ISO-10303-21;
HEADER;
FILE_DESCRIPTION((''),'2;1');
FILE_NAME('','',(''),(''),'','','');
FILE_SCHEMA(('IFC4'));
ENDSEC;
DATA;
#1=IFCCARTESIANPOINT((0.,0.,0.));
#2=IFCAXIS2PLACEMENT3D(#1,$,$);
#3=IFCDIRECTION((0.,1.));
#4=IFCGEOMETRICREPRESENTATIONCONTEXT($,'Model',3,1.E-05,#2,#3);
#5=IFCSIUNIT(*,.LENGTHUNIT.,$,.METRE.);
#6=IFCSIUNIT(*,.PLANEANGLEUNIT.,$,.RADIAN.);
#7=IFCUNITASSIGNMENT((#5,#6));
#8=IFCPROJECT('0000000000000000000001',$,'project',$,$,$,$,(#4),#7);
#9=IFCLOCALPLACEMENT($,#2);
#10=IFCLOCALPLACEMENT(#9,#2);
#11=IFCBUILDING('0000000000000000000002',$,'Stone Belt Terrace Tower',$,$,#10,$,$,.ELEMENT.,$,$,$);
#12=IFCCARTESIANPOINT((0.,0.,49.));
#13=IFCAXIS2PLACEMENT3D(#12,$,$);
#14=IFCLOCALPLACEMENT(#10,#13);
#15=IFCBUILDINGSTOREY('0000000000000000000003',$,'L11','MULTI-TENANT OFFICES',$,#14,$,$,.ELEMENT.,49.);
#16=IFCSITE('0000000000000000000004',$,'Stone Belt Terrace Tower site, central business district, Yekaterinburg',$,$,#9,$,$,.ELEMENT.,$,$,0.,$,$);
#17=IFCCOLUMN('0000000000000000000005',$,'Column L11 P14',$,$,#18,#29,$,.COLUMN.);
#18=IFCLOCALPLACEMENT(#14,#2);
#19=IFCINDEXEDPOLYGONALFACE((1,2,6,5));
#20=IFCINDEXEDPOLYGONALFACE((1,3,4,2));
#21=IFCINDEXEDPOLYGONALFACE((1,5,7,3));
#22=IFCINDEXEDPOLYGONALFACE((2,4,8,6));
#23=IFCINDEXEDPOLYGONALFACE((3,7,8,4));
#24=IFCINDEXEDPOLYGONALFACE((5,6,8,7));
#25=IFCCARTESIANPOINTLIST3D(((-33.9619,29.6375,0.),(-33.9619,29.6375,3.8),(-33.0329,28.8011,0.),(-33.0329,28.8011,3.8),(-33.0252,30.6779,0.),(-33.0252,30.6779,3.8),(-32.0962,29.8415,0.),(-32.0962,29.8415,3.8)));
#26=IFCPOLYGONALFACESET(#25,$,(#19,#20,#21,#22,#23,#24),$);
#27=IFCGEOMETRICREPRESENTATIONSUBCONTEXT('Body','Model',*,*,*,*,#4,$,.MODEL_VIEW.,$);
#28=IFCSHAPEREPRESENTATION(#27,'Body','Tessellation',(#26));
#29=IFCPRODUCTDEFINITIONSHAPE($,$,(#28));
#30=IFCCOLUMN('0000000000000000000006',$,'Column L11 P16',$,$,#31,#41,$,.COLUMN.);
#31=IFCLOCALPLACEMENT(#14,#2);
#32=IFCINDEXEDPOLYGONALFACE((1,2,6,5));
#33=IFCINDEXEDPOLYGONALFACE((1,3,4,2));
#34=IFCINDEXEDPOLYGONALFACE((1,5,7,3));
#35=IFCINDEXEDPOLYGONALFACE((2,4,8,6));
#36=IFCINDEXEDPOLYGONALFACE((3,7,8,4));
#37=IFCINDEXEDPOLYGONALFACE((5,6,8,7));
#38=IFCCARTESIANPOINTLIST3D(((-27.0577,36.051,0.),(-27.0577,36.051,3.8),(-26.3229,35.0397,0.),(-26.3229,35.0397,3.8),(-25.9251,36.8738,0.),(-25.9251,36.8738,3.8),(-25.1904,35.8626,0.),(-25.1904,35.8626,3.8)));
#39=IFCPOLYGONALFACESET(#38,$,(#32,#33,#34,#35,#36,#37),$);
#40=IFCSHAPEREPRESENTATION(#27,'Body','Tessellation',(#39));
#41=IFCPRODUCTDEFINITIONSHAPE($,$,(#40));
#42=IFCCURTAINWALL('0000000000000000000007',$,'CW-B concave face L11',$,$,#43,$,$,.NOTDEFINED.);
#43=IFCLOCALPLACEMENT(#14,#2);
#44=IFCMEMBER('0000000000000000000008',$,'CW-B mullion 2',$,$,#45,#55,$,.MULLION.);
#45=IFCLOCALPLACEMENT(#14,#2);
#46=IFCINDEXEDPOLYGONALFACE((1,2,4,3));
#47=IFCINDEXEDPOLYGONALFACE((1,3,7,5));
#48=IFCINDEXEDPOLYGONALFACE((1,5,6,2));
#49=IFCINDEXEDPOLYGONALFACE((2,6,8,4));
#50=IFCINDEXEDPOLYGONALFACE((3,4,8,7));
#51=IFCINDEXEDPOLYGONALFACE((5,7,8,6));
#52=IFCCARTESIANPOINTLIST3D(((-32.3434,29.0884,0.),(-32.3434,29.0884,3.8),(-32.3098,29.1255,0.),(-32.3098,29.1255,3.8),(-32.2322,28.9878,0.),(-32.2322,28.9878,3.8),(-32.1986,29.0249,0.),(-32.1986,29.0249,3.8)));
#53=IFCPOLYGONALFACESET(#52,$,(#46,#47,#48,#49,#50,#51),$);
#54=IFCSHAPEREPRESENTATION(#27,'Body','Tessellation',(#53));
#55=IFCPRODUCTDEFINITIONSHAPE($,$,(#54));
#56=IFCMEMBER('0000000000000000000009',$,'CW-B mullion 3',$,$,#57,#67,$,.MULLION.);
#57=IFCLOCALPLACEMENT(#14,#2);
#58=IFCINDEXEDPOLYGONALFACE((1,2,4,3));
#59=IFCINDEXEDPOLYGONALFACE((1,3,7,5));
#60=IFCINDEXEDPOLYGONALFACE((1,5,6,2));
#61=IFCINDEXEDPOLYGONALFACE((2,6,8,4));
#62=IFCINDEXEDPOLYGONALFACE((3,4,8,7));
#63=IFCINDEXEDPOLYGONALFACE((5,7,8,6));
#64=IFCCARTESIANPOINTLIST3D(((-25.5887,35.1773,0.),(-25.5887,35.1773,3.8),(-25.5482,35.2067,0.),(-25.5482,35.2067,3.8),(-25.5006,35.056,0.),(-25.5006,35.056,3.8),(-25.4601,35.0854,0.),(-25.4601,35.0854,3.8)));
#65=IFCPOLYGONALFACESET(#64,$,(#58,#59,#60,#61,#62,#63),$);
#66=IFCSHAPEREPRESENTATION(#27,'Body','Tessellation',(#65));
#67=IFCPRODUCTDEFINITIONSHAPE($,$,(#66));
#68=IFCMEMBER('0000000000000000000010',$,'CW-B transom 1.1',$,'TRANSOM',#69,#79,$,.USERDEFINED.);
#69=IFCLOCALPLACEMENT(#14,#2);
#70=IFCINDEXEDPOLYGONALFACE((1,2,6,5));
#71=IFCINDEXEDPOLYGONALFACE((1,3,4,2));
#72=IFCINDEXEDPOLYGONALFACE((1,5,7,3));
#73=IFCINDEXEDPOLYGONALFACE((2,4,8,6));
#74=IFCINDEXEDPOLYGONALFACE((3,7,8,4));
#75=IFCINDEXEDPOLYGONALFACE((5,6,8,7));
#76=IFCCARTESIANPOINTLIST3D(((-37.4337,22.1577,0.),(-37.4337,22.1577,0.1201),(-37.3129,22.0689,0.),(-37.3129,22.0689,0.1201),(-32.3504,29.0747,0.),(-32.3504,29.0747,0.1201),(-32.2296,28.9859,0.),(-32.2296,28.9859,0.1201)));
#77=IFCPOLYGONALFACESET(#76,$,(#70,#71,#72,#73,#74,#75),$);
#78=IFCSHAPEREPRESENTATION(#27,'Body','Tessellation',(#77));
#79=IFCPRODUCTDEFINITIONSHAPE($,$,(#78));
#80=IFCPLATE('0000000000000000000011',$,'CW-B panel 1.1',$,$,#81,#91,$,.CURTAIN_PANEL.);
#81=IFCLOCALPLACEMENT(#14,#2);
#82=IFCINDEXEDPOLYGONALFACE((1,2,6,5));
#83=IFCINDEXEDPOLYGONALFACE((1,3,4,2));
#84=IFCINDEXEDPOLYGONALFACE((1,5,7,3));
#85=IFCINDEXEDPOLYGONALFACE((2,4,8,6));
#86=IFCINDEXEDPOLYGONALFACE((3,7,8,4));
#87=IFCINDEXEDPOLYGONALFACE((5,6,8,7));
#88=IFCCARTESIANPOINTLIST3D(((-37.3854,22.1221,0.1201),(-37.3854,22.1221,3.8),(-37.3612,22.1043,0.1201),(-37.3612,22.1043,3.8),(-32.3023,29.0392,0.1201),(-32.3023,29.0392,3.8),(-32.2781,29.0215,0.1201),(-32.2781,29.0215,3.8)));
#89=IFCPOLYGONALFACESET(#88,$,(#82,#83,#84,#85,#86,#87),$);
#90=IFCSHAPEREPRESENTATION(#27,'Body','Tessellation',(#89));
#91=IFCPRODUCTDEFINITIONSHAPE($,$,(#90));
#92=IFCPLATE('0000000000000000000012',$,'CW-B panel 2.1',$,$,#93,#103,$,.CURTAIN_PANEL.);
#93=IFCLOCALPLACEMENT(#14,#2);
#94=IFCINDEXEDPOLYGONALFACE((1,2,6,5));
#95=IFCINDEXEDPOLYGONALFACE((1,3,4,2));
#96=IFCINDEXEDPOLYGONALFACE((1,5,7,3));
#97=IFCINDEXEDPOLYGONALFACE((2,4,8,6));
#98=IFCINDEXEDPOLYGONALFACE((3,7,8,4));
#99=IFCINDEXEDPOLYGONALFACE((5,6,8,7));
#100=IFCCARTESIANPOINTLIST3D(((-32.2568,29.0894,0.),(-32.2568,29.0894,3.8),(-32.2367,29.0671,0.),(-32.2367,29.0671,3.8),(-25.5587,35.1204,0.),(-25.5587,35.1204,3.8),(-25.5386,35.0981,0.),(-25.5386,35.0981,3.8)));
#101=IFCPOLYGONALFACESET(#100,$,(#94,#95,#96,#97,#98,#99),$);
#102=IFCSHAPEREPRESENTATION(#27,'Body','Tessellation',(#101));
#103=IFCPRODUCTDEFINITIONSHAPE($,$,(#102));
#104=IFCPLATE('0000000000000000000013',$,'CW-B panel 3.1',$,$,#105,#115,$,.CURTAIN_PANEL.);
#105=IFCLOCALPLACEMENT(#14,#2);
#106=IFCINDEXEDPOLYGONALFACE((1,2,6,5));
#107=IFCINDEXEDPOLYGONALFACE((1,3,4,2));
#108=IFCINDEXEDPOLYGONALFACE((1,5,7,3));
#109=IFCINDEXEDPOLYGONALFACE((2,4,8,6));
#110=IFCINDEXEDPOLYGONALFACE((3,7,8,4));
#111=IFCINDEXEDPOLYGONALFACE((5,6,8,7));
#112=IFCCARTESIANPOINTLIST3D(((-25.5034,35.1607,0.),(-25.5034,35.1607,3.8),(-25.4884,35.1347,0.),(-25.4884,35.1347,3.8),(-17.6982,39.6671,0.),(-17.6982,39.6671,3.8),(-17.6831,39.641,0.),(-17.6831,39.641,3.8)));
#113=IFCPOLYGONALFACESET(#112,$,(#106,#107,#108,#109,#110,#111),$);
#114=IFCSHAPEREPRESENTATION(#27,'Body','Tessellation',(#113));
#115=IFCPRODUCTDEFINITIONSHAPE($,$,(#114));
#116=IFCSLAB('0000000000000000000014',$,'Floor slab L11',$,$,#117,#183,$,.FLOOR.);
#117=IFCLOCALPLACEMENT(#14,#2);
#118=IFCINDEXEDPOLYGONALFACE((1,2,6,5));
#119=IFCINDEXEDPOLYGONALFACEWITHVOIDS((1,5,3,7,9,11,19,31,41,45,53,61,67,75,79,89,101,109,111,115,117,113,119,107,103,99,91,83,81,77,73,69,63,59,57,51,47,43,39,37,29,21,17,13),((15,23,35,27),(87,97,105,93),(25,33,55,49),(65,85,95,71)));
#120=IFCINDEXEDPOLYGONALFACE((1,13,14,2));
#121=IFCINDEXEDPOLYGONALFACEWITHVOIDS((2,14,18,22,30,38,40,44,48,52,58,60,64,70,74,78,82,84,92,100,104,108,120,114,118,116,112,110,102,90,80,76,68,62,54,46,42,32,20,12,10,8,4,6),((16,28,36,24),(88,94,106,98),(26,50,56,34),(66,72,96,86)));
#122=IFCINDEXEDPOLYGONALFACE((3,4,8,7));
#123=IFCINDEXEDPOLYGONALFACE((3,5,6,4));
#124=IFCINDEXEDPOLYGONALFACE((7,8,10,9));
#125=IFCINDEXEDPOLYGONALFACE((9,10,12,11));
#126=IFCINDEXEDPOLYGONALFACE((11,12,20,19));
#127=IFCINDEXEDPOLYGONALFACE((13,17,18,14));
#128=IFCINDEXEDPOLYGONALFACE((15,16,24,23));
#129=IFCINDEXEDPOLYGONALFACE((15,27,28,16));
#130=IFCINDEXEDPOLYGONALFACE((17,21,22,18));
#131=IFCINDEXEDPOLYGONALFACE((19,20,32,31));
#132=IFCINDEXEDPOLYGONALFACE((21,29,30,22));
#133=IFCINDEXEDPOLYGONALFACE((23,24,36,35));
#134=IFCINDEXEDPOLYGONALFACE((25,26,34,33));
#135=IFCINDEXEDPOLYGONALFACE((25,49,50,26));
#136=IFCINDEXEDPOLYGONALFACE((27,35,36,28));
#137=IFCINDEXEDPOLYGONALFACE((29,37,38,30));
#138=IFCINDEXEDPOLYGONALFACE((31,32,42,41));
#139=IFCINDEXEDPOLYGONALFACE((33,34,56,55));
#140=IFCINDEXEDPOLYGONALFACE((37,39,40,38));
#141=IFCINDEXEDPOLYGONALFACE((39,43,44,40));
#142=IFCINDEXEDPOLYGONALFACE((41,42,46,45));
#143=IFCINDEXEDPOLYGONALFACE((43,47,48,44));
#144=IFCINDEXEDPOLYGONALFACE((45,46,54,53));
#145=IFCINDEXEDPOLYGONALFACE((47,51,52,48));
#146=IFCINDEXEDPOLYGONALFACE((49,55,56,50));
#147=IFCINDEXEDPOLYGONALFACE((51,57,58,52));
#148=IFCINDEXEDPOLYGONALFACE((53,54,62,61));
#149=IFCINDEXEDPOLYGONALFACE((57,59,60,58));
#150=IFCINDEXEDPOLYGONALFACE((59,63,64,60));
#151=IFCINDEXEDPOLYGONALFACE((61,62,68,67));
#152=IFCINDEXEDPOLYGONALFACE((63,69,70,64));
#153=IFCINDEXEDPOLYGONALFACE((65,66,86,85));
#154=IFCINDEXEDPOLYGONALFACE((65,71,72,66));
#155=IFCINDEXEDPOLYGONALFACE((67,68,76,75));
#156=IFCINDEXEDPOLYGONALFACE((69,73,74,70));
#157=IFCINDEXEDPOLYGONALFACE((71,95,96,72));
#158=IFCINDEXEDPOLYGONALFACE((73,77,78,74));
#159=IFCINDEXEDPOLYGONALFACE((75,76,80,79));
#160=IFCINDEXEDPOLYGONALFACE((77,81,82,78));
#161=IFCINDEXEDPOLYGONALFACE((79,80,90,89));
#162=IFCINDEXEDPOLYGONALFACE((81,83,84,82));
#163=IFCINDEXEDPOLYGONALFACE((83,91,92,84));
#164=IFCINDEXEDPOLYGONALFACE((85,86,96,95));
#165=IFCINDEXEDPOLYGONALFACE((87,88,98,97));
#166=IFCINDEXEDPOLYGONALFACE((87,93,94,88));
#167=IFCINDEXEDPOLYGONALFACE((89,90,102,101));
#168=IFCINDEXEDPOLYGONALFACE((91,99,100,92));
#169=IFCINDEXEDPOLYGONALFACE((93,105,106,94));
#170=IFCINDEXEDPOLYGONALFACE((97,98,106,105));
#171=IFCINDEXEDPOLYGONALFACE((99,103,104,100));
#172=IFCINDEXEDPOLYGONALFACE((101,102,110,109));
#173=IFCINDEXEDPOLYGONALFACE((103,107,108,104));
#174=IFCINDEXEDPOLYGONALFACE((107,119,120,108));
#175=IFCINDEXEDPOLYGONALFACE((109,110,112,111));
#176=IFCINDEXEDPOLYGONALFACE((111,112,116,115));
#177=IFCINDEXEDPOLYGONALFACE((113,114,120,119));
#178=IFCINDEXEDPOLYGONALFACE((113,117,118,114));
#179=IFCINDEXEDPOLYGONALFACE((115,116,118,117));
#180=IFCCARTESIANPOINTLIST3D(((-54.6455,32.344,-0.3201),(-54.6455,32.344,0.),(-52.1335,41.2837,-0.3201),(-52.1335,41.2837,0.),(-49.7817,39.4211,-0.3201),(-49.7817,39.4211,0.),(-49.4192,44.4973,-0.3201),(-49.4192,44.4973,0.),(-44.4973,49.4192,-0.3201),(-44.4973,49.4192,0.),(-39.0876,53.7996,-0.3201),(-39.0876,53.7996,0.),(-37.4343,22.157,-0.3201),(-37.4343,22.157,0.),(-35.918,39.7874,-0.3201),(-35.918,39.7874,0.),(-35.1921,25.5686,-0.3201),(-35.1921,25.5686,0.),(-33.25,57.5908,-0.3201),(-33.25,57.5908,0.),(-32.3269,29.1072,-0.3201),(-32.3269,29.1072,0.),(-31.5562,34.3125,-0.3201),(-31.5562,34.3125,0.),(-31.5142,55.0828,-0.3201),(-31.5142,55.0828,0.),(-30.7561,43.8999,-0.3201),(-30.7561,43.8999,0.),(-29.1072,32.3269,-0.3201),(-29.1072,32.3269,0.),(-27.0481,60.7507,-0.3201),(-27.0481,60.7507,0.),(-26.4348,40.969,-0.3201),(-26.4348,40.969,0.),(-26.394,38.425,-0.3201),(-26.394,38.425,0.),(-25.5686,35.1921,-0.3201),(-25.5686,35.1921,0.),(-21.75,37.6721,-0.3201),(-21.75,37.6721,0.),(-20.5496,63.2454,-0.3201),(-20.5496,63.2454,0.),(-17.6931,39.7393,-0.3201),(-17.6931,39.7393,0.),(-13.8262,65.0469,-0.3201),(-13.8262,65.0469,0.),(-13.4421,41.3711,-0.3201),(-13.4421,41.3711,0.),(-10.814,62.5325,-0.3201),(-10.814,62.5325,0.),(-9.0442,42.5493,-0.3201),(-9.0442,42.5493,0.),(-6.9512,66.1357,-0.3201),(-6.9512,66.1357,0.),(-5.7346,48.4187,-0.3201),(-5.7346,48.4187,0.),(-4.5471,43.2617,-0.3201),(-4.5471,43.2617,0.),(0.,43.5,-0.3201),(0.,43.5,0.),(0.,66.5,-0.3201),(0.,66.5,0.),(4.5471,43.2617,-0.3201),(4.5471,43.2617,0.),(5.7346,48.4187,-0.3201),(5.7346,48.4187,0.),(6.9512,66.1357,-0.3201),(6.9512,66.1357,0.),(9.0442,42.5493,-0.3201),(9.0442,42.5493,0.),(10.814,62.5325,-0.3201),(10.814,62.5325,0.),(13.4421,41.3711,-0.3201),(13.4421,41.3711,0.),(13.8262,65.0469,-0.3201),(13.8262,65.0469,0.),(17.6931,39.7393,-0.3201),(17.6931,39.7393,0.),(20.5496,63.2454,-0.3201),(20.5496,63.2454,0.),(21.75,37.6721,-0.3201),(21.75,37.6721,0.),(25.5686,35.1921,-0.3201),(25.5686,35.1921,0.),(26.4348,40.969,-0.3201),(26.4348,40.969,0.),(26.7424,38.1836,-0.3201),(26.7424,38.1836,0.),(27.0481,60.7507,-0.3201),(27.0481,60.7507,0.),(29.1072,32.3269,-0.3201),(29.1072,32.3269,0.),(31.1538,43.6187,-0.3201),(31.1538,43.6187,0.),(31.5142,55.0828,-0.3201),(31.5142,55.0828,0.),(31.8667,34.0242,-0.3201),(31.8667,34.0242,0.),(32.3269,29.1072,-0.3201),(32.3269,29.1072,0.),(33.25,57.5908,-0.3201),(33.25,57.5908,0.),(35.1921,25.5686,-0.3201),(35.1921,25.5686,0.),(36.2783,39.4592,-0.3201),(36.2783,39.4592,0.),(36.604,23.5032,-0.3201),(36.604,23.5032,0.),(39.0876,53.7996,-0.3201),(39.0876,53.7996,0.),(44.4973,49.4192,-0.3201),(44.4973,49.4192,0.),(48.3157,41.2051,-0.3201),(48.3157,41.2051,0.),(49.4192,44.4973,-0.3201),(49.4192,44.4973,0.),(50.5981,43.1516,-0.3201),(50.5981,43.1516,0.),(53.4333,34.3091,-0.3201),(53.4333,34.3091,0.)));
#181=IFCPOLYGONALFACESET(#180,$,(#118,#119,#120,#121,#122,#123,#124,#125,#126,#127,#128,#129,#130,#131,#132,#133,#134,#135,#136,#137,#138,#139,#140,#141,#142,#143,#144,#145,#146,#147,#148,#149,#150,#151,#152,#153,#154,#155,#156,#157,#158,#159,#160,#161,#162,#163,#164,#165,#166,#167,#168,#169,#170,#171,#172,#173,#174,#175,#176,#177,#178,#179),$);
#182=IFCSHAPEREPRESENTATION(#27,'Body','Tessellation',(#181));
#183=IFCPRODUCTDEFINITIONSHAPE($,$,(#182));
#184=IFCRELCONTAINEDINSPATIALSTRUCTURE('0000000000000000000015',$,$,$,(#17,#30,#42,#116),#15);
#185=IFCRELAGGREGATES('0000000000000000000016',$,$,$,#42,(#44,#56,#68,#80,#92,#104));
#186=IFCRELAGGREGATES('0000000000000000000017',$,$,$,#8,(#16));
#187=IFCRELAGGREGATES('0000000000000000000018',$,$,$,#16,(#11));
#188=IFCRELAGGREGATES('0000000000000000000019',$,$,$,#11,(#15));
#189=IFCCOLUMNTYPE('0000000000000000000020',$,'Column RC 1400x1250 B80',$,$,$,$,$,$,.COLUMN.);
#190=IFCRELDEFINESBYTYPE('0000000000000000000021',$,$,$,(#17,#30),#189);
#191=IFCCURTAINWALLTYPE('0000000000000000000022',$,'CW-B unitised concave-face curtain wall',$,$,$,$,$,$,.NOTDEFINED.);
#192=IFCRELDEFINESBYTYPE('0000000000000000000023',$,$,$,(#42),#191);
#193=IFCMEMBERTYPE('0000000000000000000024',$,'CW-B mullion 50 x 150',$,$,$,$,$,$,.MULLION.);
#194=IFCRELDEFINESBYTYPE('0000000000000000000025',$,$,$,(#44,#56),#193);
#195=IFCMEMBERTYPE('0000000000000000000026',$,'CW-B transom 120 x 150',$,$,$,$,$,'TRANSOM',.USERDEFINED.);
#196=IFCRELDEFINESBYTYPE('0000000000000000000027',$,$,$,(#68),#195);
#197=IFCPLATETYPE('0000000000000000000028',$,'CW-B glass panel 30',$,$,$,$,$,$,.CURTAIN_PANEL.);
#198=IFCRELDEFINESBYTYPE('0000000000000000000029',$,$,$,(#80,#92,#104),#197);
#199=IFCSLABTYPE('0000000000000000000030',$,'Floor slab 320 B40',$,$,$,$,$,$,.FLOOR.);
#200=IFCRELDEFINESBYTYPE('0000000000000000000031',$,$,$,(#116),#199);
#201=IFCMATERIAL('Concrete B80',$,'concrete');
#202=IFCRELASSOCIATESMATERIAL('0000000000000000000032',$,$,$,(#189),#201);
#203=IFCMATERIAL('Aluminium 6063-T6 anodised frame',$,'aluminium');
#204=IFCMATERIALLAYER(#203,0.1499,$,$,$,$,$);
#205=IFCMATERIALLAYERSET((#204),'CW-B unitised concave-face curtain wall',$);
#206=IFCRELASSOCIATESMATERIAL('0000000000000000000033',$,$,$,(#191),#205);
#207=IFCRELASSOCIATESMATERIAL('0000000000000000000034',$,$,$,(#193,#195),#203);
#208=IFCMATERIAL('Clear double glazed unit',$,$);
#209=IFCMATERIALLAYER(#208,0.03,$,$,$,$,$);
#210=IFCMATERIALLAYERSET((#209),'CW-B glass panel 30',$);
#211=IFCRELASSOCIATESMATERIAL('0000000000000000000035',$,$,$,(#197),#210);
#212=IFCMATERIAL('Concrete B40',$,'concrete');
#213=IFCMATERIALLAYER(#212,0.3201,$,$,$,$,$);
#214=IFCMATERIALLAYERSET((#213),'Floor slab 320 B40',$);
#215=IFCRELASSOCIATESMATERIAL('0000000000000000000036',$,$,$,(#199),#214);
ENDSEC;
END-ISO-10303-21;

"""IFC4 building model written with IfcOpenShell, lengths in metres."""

from ifc_helpers import new_model, si_unit, direction, frame, origin, origin_2d, place, context, subcontext, project, spatial, polyline, rectangle, outline, extrude, material, layer, layer_set, material_profile, profile_set, type_object, element, aggregate, save


model = new_model("IFC4")

# Units and contexts
model_context = context("Model", 3, precision=1e-05, world=origin(), true_north=direction((0.0, 1.0)))
body_context = subcontext(model_context, "Body", "Model", "MODEL_VIEW")
ifc_project = project(units=[si_unit("LENGTHUNIT", "METRE"), si_unit("PLANEANGLEUNIT", "RADIAN")], contexts=[model_context])

# Site, building, storey
site_placement = place(None, origin())
site = spatial("IfcSite", under=ifc_project, at=site_placement, Name="Stone Belt Terrace Tower site, central business district, Yekaterinburg", CompositionType="ELEMENT", RefElevation=0.0)
building_placement = place(site_placement, origin())
building = spatial("IfcBuilding", under=site, at=building_placement, Name="Stone Belt Terrace Tower", CompositionType="ELEMENT")
storey_placement = place(building_placement, frame((0.0, 0.0, 49.0)))
storey = spatial("IfcBuildingStorey", under=building, at=storey_placement, Name="L11", Description="MULTI-TENANT OFFICES", CompositionType="ELEMENT", Elevation=49.0)

# Columns
ifc_material_1 = material(Name="Concrete B80", Category="concrete")
ifc_material_profile_1 = material_profile(ifc_material_1, rectangle(XDim=1.3999, YDim=1.25, at=origin_2d()), Name="RC 1400x1250")
ifc_profile_set_1 = profile_set([ifc_material_profile_1], Name="Concrete B80")
column_type = type_object("IfcColumnType", Name="Column RC 1400x1250 B80", PredefinedType="COLUMN", material=ifc_profile_set_1)
for number, where, z_axis, x_axis, name in (
    (1, (-33.0291, 29.7395, 0.0), (0.0, 0.0, 1.0), (0.669131, 0.743145, 0.0), "Column L11 P14"),
    (2, (-26.124, 35.9568, 0.0), (0.0, 0.0, 1.0), (0.809017, 0.587785, 0.0), "Column L11 P16"),
):
    element("IfcColumn", number, at=place(storey_placement, frame(where, z_axis=z_axis, x_axis=x_axis)), inside=storey, type_object=column_type, Name=name, PredefinedType="COLUMN", context=body_context, shape_type="SweptSolid", body=[
        extrude(rectangle(XDim=1.3999, YDim=1.25, at=origin_2d()), origin(), (0.0, 0.0, 1.0), 3.8),
    ])

# Curtain wall, members, plates
ifc_material_2 = material(Name="Aluminium 6063-T6 anodised frame", Category="aluminium")
ifc_layer_1 = layer(ifc_material_2, 0.1499)
ifc_layer_set_1 = layer_set([ifc_layer_1], Name="CW-B unitised concave-face curtain wall")
curtain_wall_type = type_object("IfcCurtainWallType", Name="CW-B unitised concave-face curtain wall", PredefinedType="NOTDEFINED", material=ifc_layer_set_1)
curtain_wall_placement = place(storey_placement, origin())
curtain_wall = element("IfcCurtainWall", 3, at=curtain_wall_placement, inside=storey, type_object=curtain_wall_type, Name="CW-B concave face L11", PredefinedType="NOTDEFINED")
ifc_material_profile_2 = material_profile(ifc_material_2, rectangle(XDim=0.1499, YDim=0.05, at=origin_2d()), Name="Aluminium 6063-T6 50x150")
ifc_profile_set_2 = profile_set([ifc_material_profile_2], Name="Aluminium 6063-T6 anodised frame")
member_type_1 = type_object("IfcMemberType", Name="CW-B mullion 50 x 150", PredefinedType="MULLION", material=ifc_profile_set_2)
member_1_placement = place(storey_placement, frame((-32.271, 29.0566, 0.0), z_axis=(0.0, 0.0, 1.0), x_axis=(-0.74133, 0.671141, 0.0)))
member_1 = element("IfcMember", 4, at=member_1_placement, type_object=member_type_1, Name="CW-B mullion 2", PredefinedType="MULLION", context=body_context, shape_type="SweptSolid", body=[
    extrude(rectangle(XDim=0.1499, YDim=0.05, at=origin_2d()), origin(), (0.0, 0.0, 1.0), 3.8),
])
member_2_placement = place(storey_placement, frame((-25.5244, 35.1313, 0.0), z_axis=(0.0, 0.0, 1.0), x_axis=(-0.587785, 0.809017, 0.0)))
member_2 = element("IfcMember", 5, at=member_2_placement, type_object=member_type_1, Name="CW-B mullion 3", PredefinedType="MULLION", context=body_context, shape_type="SweptSolid", body=[
    extrude(rectangle(XDim=0.1499, YDim=0.05, at=origin_2d()), origin(), (0.0, 0.0, 1.0), 3.8),
])
ifc_material_profile_3 = material_profile(ifc_material_2, rectangle(XDim=0.1499, YDim=0.1201, at=origin_2d()), Name="Aluminium 6063-T6 150x120")
ifc_profile_set_3 = profile_set([ifc_material_profile_3], Name="Aluminium 6063-T6 anodised frame")
member_type_2 = type_object("IfcMemberType", Name="CW-B transom 120 x 150", ElementType="TRANSOM", PredefinedType="USERDEFINED", material=ifc_profile_set_3)
member_3_placement = place(storey_placement, frame((-37.3733, 22.1133, 0.0601), z_axis=(0.592181, 0.805805, 0.0), x_axis=(-0.805805, 0.592181, 0.0)))
member_3 = element("IfcMember", 6, at=member_3_placement, type_object=member_type_2, Name="CW-B transom 1.1", ObjectType="TRANSOM", PredefinedType="USERDEFINED", context=body_context, shape_type="SweptSolid", body=[
    extrude(rectangle(XDim=0.1499, YDim=0.1201, at=origin_2d()), origin(), (0.0, 0.0, 1.0), 8.584),
])
ifc_material_3 = material(Name="Clear double glazed unit")
ifc_layer_2 = layer(ifc_material_3, 0.03)
ifc_layer_set_2 = layer_set([ifc_layer_2], Name="CW-B glass panel 30")
plate_type = type_object("IfcPlateType", Name="CW-B glass panel 30", PredefinedType="CURTAIN_PANEL", material=ifc_layer_set_2)
plate_1_placement = place(storey_placement, frame((-34.8318, 25.5718, 0.1201), z_axis=(0.0, 0.0, 1.0), x_axis=(0.592159, 0.805821, 0.0)))
plate_1 = element("IfcPlate", 7, at=plate_1_placement, type_object=plate_type, Name="CW-B panel 1.1", PredefinedType="CURTAIN_PANEL", context=body_context, shape_type="SweptSolid", body=[
    extrude(rectangle(XDim=8.584, YDim=0.03, at=origin_2d()), origin(), (0.0, 0.0, 1.0), 3.6799),
])
plate_2_placement = place(storey_placement, frame((-28.8977, 32.0938, 0.0), z_axis=(0.0, 0.0, 1.0), x_axis=(0.743145, 0.669131, 0.0)))
plate_2 = element("IfcPlate", 8, at=plate_2_placement, type_object=plate_type, Name="CW-B panel 2.1", PredefinedType="CURTAIN_PANEL", context=body_context, shape_type="SweptSolid", body=[
    extrude(rectangle(XDim=9.0132, YDim=0.03, at=origin_2d()), origin(), (0.0, 0.0, 1.0), 3.8),
])
plate_3_placement = place(storey_placement, frame((-21.5933, 37.4009, 0.0), z_axis=(0.0, 0.0, 1.0), x_axis=(0.866025, 0.5, 0.0)))
plate_3 = element("IfcPlate", 9, at=plate_3_placement, type_object=plate_type, Name="CW-B panel 3.1", PredefinedType="CURTAIN_PANEL", context=body_context, shape_type="SweptSolid", body=[
    extrude(rectangle(XDim=9.0127, YDim=0.03, at=origin_2d()), origin(), (0.0, 0.0, 1.0), 3.8),
])
aggregate(curtain_wall, [member_1, member_2, member_3, plate_1, plate_2, plate_3])

# Slab
ifc_material_4 = material(Name="Concrete B40", Category="concrete")
ifc_layer_3 = layer(ifc_material_4, 0.3201)
ifc_layer_set_3 = layer_set([ifc_layer_3], Name="Floor slab 320 B40")
slab_type = type_object("IfcSlabType", Name="Floor slab 320 B40", PredefinedType="FLOOR", material=ifc_layer_set_3)
slab_placement = place(storey_placement, frame((0.0, 0.0, -0.3201)))
element("IfcSlab", 10, at=slab_placement, inside=storey, type_object=slab_type, Name="Floor slab L11", PredefinedType="FLOOR", context=body_context, shape_type="SweptSolid", body=[
    extrude(outline(polyline([(-49.4192, 44.4973), (-44.4973, 49.4192), (-39.0876, 53.7996), (-33.25, 57.5908), (-27.0481, 60.7507), (-20.5496, 63.2454), (-13.8262, 65.0469), (-6.9512, 66.1357), (0.0, 66.5), (6.9512, 66.1357), (13.8262, 65.0469), (20.5496, 63.2454), (27.0481, 60.7507), (33.25, 57.5908), (39.0876, 53.7996), (44.4973, 49.4192), (49.4192, 44.4973), (50.5981, 43.1516), (48.3157, 41.2051), (53.4333, 34.3091), (36.604, 23.5032), (35.1921, 25.5686), (32.3269, 29.1072), (29.1072, 32.3269), (25.5686, 35.1921), (21.75, 37.6721), (17.6931, 39.7393), (13.4421, 41.3711), (9.0442, 42.5493), (4.5471, 43.2617), (0.0, 43.5), (-4.5471, 43.2617), (-9.0442, 42.5493), (-13.4421, 41.3711), (-17.6931, 39.7393), (-21.75, 37.6721), (-25.5686, 35.1921), (-29.1072, 32.3269), (-32.3269, 29.1072), (-35.1921, 25.5686), (-37.4343, 22.157), (-54.6455, 32.344), (-49.7817, 39.4211), (-52.1335, 41.2837), (-49.4192, 44.4973)]), holes=[polyline([(-26.4348, 40.969), (-5.7346, 48.4187), (-10.814, 62.5325), (-31.5142, 55.0828), (-26.4348, 40.969)]), polyline([(10.814, 62.5325), (5.7346, 48.4187), (26.4348, 40.969), (31.5142, 55.0828), (10.814, 62.5325)]), polyline([(-35.918, 39.7874), (-31.5562, 34.3125), (-26.394, 38.425), (-30.7561, 43.8999), (-35.918, 39.7874)]), polyline([(36.2783, 39.4592), (31.1538, 43.6187), (26.7424, 38.1836), (31.8667, 34.0242), (36.2783, 39.4592)])]), origin(), (0.0, 0.0, 1.0), 0.3201),
])

save(model, "model.ifc")
